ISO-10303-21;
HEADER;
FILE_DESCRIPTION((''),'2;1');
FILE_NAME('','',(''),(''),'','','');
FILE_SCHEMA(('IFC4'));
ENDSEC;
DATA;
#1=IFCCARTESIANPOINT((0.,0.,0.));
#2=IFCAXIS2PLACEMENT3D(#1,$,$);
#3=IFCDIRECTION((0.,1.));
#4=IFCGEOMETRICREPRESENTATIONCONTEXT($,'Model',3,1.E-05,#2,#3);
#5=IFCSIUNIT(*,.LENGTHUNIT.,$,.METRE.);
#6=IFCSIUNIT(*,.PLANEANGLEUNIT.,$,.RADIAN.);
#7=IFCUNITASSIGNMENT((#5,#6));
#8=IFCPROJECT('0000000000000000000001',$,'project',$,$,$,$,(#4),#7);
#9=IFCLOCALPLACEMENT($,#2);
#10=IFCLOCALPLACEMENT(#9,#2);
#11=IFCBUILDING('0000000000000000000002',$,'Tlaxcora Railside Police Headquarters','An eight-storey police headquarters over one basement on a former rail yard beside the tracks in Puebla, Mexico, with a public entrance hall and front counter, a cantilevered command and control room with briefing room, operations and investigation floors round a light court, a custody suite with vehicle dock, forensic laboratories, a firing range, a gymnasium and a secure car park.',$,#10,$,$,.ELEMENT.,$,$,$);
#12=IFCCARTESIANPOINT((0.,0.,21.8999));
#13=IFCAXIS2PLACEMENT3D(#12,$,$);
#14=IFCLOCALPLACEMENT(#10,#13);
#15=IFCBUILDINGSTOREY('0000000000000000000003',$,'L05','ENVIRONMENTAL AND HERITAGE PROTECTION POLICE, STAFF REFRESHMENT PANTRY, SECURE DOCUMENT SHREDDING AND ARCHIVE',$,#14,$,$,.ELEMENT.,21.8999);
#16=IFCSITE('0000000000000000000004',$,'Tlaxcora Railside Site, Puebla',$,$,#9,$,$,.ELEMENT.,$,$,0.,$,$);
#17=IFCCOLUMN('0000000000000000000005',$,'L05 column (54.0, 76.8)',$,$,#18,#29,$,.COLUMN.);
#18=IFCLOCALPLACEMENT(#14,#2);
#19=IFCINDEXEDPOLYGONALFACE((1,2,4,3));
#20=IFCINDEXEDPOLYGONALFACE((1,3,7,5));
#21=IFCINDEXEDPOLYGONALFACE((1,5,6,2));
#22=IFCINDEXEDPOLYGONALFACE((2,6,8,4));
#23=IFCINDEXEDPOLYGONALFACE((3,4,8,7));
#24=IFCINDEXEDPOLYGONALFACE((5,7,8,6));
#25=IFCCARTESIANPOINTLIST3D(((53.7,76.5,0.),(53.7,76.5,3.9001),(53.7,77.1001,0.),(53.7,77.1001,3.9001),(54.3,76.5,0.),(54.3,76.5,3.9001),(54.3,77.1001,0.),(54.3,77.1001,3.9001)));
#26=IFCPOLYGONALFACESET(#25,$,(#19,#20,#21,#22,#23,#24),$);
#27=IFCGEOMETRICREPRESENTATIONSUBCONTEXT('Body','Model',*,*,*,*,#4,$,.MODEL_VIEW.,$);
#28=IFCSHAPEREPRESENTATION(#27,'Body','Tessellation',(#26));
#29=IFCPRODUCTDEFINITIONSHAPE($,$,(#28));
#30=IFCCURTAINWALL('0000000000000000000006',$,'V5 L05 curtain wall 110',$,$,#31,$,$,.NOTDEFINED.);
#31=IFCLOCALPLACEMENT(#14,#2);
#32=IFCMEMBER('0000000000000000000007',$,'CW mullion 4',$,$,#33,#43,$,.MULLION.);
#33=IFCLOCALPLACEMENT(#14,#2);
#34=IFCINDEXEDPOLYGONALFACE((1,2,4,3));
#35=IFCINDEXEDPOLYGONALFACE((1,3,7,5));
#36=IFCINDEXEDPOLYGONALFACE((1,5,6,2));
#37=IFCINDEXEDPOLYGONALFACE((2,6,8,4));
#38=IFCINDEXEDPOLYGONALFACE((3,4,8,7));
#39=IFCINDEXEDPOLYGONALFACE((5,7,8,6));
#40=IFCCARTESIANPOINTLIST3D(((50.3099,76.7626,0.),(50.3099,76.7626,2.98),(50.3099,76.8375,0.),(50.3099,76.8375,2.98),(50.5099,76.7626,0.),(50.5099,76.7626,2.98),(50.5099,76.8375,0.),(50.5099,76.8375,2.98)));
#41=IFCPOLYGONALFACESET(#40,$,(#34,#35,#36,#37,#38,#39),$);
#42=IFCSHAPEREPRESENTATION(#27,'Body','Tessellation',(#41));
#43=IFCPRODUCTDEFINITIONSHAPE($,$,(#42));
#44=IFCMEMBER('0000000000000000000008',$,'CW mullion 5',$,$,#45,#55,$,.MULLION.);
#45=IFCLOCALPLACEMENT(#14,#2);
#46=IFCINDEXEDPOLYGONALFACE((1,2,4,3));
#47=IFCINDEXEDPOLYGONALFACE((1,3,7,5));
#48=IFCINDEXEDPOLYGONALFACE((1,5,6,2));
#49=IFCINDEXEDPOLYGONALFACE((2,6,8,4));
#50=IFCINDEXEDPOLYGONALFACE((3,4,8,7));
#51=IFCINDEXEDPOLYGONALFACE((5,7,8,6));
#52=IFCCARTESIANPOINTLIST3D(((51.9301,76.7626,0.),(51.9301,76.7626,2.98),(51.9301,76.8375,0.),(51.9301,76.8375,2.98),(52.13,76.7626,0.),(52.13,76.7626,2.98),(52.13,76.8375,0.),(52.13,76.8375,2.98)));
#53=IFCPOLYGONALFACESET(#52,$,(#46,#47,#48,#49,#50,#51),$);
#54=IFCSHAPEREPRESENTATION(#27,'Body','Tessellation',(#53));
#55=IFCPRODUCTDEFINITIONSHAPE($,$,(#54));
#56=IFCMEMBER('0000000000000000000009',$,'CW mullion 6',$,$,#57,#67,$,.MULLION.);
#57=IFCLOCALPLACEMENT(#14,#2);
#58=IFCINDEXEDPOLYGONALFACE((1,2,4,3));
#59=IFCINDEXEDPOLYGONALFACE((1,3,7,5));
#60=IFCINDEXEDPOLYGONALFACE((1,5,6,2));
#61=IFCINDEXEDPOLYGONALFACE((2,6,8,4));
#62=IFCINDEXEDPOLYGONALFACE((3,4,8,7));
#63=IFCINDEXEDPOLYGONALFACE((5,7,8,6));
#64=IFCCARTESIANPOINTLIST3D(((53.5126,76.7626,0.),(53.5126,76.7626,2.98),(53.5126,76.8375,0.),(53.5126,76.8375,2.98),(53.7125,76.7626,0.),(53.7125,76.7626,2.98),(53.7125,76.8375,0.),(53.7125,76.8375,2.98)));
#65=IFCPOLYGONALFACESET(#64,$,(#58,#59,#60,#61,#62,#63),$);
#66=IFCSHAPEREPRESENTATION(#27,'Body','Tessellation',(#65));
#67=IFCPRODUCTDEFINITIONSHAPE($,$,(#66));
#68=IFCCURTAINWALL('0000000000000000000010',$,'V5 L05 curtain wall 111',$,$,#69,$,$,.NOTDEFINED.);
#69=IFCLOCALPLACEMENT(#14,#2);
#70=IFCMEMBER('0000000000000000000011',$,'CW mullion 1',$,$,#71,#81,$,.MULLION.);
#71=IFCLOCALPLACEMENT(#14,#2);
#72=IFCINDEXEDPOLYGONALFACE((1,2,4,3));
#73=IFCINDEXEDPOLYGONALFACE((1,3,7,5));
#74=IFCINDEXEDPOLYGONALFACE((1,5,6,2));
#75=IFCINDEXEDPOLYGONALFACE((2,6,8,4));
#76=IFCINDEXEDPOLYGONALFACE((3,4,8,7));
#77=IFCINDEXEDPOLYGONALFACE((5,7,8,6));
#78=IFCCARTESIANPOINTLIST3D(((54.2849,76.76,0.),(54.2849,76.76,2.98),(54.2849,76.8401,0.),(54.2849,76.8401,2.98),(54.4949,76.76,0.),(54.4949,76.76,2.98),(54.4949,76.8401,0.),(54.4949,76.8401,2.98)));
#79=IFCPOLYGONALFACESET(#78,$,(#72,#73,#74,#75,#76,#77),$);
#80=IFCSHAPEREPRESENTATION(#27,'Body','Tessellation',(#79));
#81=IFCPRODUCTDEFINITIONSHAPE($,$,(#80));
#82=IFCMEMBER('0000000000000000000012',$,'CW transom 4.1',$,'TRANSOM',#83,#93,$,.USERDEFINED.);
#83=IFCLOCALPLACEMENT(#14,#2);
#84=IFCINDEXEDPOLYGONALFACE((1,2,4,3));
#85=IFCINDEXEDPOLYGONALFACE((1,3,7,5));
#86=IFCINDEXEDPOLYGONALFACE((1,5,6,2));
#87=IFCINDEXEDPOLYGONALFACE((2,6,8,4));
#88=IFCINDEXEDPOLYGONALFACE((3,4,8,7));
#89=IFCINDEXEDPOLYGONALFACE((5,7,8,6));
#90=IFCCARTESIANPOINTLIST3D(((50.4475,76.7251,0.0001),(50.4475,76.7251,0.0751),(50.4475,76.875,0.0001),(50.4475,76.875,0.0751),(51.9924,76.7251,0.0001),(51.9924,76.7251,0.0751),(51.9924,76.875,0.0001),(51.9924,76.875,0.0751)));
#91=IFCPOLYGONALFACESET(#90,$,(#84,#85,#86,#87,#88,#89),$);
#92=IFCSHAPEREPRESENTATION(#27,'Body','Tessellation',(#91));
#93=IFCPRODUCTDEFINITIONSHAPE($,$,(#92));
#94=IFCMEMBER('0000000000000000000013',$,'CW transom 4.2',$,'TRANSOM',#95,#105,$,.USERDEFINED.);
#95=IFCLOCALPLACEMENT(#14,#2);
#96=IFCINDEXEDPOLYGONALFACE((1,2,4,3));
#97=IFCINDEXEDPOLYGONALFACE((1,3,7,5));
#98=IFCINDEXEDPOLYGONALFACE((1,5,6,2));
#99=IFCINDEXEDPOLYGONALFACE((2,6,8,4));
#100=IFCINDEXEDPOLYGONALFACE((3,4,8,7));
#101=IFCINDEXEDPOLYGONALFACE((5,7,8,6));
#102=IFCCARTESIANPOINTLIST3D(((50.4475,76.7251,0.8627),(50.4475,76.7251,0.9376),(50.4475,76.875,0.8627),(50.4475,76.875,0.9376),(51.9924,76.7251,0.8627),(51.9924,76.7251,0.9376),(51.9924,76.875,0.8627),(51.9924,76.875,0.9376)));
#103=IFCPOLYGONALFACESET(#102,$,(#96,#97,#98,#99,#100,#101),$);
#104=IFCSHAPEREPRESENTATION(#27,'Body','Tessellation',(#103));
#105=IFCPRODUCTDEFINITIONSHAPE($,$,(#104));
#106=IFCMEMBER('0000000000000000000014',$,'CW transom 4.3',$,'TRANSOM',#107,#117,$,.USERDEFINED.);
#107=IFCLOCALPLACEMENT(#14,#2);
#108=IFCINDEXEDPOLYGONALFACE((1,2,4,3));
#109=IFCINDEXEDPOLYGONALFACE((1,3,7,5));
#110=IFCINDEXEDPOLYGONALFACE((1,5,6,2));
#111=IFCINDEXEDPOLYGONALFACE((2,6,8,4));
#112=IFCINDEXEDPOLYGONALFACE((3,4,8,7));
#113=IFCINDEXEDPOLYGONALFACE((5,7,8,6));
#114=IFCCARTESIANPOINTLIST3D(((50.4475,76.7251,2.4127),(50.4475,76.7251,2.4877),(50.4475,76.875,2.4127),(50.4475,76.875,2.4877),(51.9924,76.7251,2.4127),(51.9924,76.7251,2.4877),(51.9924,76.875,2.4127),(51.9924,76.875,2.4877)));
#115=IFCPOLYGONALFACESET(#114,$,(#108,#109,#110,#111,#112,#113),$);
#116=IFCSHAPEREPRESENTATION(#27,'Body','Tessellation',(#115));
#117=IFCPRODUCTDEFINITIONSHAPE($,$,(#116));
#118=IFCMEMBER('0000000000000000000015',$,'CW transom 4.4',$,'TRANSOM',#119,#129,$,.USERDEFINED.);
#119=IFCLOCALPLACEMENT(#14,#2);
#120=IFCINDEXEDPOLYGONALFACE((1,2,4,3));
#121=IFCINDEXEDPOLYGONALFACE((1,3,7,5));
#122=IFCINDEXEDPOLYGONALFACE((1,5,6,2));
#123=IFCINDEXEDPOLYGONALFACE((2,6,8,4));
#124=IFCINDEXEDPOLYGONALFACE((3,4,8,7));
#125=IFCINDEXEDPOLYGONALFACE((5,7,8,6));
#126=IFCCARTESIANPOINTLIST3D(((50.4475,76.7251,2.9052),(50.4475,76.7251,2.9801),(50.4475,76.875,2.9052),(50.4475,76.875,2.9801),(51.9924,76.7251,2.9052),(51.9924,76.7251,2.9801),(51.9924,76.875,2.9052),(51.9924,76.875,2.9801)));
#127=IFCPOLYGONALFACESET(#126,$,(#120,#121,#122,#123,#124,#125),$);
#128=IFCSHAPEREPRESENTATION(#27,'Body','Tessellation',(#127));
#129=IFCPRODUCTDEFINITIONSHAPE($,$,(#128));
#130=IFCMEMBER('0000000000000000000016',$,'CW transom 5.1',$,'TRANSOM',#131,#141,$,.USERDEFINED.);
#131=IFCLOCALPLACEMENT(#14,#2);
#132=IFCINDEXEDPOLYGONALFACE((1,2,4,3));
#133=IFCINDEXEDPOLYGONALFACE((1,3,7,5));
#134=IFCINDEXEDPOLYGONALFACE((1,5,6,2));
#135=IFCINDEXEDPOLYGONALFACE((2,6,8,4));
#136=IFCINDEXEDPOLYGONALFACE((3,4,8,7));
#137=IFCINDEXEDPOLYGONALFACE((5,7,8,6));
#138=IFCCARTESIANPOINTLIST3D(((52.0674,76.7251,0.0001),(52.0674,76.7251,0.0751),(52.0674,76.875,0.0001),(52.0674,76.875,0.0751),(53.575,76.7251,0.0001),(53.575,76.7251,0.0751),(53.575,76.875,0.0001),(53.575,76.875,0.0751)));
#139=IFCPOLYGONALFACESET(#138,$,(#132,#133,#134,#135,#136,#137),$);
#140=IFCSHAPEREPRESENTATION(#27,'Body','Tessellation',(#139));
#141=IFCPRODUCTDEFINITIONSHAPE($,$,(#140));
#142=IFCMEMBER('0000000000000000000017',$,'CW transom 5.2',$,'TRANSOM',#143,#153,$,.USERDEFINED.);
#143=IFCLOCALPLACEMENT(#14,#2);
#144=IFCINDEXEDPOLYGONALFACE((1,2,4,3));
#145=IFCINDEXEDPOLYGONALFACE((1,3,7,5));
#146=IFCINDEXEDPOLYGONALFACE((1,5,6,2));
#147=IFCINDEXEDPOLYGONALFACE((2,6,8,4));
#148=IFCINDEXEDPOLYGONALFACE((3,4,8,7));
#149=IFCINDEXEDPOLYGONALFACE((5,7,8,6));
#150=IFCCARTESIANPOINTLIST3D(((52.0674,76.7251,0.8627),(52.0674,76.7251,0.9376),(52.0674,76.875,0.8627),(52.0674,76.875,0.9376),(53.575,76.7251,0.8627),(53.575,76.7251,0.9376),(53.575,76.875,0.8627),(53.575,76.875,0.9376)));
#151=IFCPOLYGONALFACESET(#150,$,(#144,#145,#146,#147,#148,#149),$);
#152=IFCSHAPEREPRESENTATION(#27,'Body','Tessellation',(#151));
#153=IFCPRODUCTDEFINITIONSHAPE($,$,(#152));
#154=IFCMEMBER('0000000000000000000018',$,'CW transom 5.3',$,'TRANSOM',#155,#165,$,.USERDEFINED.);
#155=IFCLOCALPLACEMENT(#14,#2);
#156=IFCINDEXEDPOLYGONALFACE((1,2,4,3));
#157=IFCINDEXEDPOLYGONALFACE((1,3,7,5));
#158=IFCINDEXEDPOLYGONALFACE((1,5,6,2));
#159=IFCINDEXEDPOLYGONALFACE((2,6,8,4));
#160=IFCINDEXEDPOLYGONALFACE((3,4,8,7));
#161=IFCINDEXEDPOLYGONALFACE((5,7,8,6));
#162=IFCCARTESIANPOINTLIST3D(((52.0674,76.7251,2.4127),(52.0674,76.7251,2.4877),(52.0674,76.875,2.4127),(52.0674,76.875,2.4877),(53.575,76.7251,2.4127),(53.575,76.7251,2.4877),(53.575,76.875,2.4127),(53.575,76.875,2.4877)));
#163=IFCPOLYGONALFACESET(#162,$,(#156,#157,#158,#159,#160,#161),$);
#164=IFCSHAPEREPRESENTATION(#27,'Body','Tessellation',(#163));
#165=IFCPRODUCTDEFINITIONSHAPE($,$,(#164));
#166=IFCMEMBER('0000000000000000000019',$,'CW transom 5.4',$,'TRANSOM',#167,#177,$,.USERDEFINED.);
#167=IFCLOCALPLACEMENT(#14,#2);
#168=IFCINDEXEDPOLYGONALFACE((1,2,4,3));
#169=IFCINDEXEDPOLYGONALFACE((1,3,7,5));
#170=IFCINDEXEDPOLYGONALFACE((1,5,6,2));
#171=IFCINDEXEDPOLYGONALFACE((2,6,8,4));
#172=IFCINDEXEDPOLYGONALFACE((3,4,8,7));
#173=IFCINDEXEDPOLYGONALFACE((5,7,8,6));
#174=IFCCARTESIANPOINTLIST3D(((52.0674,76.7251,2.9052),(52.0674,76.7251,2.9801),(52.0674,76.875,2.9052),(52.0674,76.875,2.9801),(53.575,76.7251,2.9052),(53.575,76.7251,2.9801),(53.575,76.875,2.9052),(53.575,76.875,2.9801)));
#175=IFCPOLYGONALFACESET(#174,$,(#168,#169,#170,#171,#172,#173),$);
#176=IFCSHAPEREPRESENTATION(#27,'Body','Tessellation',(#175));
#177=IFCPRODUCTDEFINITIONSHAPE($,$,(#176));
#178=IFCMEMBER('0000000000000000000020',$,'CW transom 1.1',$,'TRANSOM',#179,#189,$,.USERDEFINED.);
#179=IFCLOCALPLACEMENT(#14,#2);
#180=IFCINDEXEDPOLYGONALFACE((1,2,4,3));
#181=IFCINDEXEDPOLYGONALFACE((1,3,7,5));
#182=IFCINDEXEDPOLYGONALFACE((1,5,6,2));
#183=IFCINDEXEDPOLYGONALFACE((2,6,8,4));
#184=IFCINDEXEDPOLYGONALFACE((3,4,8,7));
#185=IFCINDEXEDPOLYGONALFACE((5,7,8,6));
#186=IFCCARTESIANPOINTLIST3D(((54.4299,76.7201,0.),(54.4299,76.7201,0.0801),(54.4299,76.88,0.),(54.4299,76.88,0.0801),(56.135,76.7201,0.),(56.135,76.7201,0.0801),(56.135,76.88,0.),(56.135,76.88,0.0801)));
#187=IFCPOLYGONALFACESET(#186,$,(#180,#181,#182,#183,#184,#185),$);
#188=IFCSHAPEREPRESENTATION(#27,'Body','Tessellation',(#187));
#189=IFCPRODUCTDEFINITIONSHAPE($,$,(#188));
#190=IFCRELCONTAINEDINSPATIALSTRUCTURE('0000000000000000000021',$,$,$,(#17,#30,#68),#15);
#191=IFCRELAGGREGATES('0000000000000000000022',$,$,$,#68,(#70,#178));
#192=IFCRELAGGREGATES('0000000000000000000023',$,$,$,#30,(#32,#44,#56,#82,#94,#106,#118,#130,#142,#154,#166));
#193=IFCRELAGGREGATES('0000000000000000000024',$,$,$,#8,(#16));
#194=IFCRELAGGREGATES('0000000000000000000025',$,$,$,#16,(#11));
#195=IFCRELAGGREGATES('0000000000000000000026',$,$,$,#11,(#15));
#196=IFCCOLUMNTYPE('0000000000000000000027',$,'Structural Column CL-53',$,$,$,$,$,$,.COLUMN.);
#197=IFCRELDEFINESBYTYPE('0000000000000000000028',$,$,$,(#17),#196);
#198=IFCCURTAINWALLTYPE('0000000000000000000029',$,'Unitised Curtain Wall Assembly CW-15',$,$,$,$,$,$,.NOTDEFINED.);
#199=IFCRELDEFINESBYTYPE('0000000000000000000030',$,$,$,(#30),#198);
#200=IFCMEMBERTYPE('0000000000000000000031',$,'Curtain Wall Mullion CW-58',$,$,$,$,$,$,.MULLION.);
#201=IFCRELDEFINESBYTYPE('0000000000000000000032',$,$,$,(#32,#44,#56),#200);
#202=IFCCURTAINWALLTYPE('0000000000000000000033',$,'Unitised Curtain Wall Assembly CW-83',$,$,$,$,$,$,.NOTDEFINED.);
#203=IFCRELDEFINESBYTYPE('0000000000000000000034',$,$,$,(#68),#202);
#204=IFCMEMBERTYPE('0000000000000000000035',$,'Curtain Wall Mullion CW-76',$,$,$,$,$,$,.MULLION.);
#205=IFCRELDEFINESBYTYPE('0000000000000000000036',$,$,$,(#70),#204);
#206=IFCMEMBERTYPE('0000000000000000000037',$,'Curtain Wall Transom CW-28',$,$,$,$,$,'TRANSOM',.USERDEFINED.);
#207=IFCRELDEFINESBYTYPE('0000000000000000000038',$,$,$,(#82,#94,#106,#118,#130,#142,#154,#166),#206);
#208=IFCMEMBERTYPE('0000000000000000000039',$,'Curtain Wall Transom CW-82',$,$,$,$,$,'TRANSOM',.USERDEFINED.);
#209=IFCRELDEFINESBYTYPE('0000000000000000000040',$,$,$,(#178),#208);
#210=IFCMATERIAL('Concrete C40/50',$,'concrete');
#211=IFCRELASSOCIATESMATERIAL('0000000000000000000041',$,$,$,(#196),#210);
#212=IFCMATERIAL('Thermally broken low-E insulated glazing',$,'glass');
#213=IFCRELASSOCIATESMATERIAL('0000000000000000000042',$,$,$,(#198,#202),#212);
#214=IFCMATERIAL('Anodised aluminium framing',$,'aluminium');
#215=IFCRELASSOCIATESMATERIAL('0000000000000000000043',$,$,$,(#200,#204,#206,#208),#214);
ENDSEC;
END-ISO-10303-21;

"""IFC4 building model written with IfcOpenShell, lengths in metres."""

from ifc_helpers import new_model, si_unit, direction, frame, origin, origin_2d, place, context, subcontext, project, spatial, rectangle, extrude, material, material_profile, profile_set, type_object, element, aggregate, save


model = new_model("IFC4")

# Units and contexts
model_context = context("Model", 3, precision=1e-05, world=origin(), true_north=direction((0.0, 1.0)))
body_context = subcontext(model_context, "Body", "Model", "MODEL_VIEW")
ifc_project = project(units=[si_unit("LENGTHUNIT", "METRE"), si_unit("PLANEANGLEUNIT", "RADIAN")], contexts=[model_context])

# Site, building, storey
site_placement = place(None, origin())
site = spatial("IfcSite", under=ifc_project, at=site_placement, Name="Tlaxcora Railside Site, Puebla", CompositionType="ELEMENT", RefElevation=0.0)
building_placement = place(site_placement, origin())
building = spatial("IfcBuilding", under=site, at=building_placement, Name="Tlaxcora Railside Police Headquarters", Description="An eight-storey police headquarters over one basement on a former rail yard beside the tracks in Puebla, Mexico, with a public entrance hall and front counter, a cantilevered command and control room with briefing room, operations and investigation floors round a light court, a custody suite with vehicle dock, forensic laboratories, a firing range, a gymnasium and a secure car park.", CompositionType="ELEMENT")
storey_placement = place(building_placement, frame((0.0, 0.0, 21.8999)))
storey = spatial("IfcBuildingStorey", under=building, at=storey_placement, Name="L05", Description="ENVIRONMENTAL AND HERITAGE PROTECTION POLICE, STAFF REFRESHMENT PANTRY, SECURE DOCUMENT SHREDDING AND ARCHIVE", CompositionType="ELEMENT", Elevation=21.8999)

# Column
ifc_material_1 = material(Name="Concrete C40/50", Category="concrete")
ifc_material_profile_1 = material_profile(ifc_material_1, rectangle(XDim=0.6001, YDim=0.6001, at=origin_2d()), Name="RC600X600")
ifc_profile_set_1 = profile_set([ifc_material_profile_1], Name="Concrete C40/50")
column_type = type_object("IfcColumnType", Name="Structural Column CL-53", PredefinedType="COLUMN", material=ifc_profile_set_1)
column_placement = place(storey_placement, frame((54.0, 76.8, 0.0), z_axis=(0.0, 0.0, 1.0), x_axis=(1.0, 0.0, 0.0)))
element("IfcColumn", 1, at=column_placement, inside=storey, type_object=column_type, Name="L05 column (54.0, 76.8)", PredefinedType="COLUMN", context=body_context, shape_type="SweptSolid", body=[
    extrude(rectangle(XDim=0.6001, YDim=0.6001, at=origin_2d()), origin(), (0.0, 0.0, 1.0), 3.9001),
])

# Curtain wall, members
ifc_material_2 = material(Name="Thermally broken low-E insulated glazing", Category="glass")
curtain_wall_type_1 = type_object("IfcCurtainWallType", Name="Unitised Curtain Wall Assembly CW-15", PredefinedType="NOTDEFINED", material=ifc_material_2)
curtain_wall_1_placement = place(storey_placement, origin())
curtain_wall_1 = element("IfcCurtainWall", 2, at=curtain_wall_1_placement, inside=storey, type_object=curtain_wall_type_1, Name="V5 L05 curtain wall 110", PredefinedType="NOTDEFINED")
ifc_material_3 = material(Name="Anodised aluminium framing", Category="aluminium")
ifc_material_profile_2 = material_profile(ifc_material_3, rectangle(XDim=0.075, YDim=0.2, at=origin_2d()), Name="AL75X200")
ifc_profile_set_2 = profile_set([ifc_material_profile_2], Name="Anodised aluminium framing")
member_type_1 = type_object("IfcMemberType", Name="Curtain Wall Mullion CW-58", PredefinedType="MULLION", material=ifc_profile_set_2)
member_1_placement = place(storey_placement, frame((50.4099, 76.8, 0.0), z_axis=(0.0, 0.0, 1.0), x_axis=(0.0, 1.0, 0.0)))
member_1 = element("IfcMember", 3, at=member_1_placement, type_object=member_type_1, Name="CW mullion 4", PredefinedType="MULLION", context=body_context, shape_type="SweptSolid", body=[
    extrude(rectangle(XDim=0.075, YDim=0.2, at=origin_2d()), origin(), (0.0, 0.0, 1.0), 2.98),
])
member_2_placement = place(storey_placement, frame((52.03, 76.8, 0.0), z_axis=(0.0, 0.0, 1.0), x_axis=(0.0, 1.0, 0.0)))
member_2 = element("IfcMember", 4, at=member_2_placement, type_object=member_type_1, Name="CW mullion 5", PredefinedType="MULLION", context=body_context, shape_type="SweptSolid", body=[
    extrude(rectangle(XDim=0.075, YDim=0.2, at=origin_2d()), origin(), (0.0, 0.0, 1.0), 2.98),
])
member_3_placement = place(storey_placement, frame((53.6125, 76.8, 0.0), z_axis=(0.0, 0.0, 1.0), x_axis=(0.0, 1.0, 0.0)))
member_3 = element("IfcMember", 5, at=member_3_placement, type_object=member_type_1, Name="CW mullion 6", PredefinedType="MULLION", context=body_context, shape_type="SweptSolid", body=[
    extrude(rectangle(XDim=0.075, YDim=0.2, at=origin_2d()), origin(), (0.0, 0.0, 1.0), 2.98),
])

# Curtain wall, member
curtain_wall_type_2 = type_object("IfcCurtainWallType", Name="Unitised Curtain Wall Assembly CW-83", PredefinedType="NOTDEFINED", material=ifc_material_2)
curtain_wall_2_placement = place(storey_placement, origin())
curtain_wall_2 = element("IfcCurtainWall", 6, at=curtain_wall_2_placement, inside=storey, type_object=curtain_wall_type_2, Name="V5 L05 curtain wall 111", PredefinedType="NOTDEFINED")
ifc_material_profile_3 = material_profile(ifc_material_3, rectangle(XDim=0.0801, YDim=0.21, at=origin_2d()), Name="AL80X210")
ifc_profile_set_3 = profile_set([ifc_material_profile_3], Name="Anodised aluminium framing")
member_type_2 = type_object("IfcMemberType", Name="Curtain Wall Mullion CW-76", PredefinedType="MULLION", material=ifc_profile_set_3)
member_4_placement = place(storey_placement, frame((54.3899, 76.8, 0.0), z_axis=(0.0, 0.0, 1.0), x_axis=(0.0, 1.0, 0.0)))
member_4 = element("IfcMember", 7, at=member_4_placement, type_object=member_type_2, Name="CW mullion 1", PredefinedType="MULLION", context=body_context, shape_type="SweptSolid", body=[
    extrude(rectangle(XDim=0.0801, YDim=0.21, at=origin_2d()), origin(), (0.0, 0.0, 1.0), 2.98),
])

# Members
ifc_material_profile_4 = material_profile(ifc_material_3, rectangle(XDim=0.1499, YDim=0.075, at=origin_2d()), Name="AL75X150")
ifc_profile_set_4 = profile_set([ifc_material_profile_4], Name="Anodised aluminium framing")
member_type_3 = type_object("IfcMemberType", Name="Curtain Wall Transom CW-28", ElementType="TRANSOM", PredefinedType="USERDEFINED", material=ifc_profile_set_4)
member_5_placement = place(storey_placement, frame((50.4475, 76.8, 0.0376), z_axis=(1.0, 0.0, 0.0), x_axis=(0.0, 1.0, 0.0)))
member_5 = element("IfcMember", 8, at=member_5_placement, type_object=member_type_3, Name="CW transom 4.1", ObjectType="TRANSOM", PredefinedType="USERDEFINED", context=body_context, shape_type="SweptSolid", body=[
    extrude(rectangle(XDim=0.1499, YDim=0.075, at=origin_2d()), origin(), (0.0, 0.0, 1.0), 1.5449),
])
member_6_placement = place(storey_placement, frame((50.4475, 76.8, 0.9001), z_axis=(1.0, 0.0, 0.0), x_axis=(0.0, 1.0, 0.0)))
member_6 = element("IfcMember", 9, at=member_6_placement, type_object=member_type_3, Name="CW transom 4.2", ObjectType="TRANSOM", PredefinedType="USERDEFINED", context=body_context, shape_type="SweptSolid", body=[
    extrude(rectangle(XDim=0.1499, YDim=0.075, at=origin_2d()), origin(), (0.0, 0.0, 1.0), 1.5449),
])
member_7_placement = place(storey_placement, frame((50.4475, 76.8, 2.4502), z_axis=(1.0, 0.0, 0.0), x_axis=(0.0, 1.0, 0.0)))
member_7 = element("IfcMember", 10, at=member_7_placement, type_object=member_type_3, Name="CW transom 4.3", ObjectType="TRANSOM", PredefinedType="USERDEFINED", context=body_context, shape_type="SweptSolid", body=[
    extrude(rectangle(XDim=0.1499, YDim=0.075, at=origin_2d()), origin(), (0.0, 0.0, 1.0), 1.5449),
])
member_8_placement = place(storey_placement, frame((50.4475, 76.8, 2.9426), z_axis=(1.0, 0.0, 0.0), x_axis=(0.0, 1.0, 0.0)))
member_8 = element("IfcMember", 11, at=member_8_placement, type_object=member_type_3, Name="CW transom 4.4", ObjectType="TRANSOM", PredefinedType="USERDEFINED", context=body_context, shape_type="SweptSolid", body=[
    extrude(rectangle(XDim=0.1499, YDim=0.075, at=origin_2d()), origin(), (0.0, 0.0, 1.0), 1.5449),
])
member_9_placement = place(storey_placement, frame((52.0674, 76.8, 0.0376), z_axis=(1.0, 0.0, 0.0), x_axis=(0.0, 1.0, 0.0)))
member_9 = element("IfcMember", 12, at=member_9_placement, type_object=member_type_3, Name="CW transom 5.1", ObjectType="TRANSOM", PredefinedType="USERDEFINED", context=body_context, shape_type="SweptSolid", body=[
    extrude(rectangle(XDim=0.1499, YDim=0.075, at=origin_2d()), origin(), (0.0, 0.0, 1.0), 1.5076),
])
member_10_placement = place(storey_placement, frame((52.0674, 76.8, 0.9001), z_axis=(1.0, 0.0, 0.0), x_axis=(0.0, 1.0, 0.0)))
member_10 = element("IfcMember", 13, at=member_10_placement, type_object=member_type_3, Name="CW transom 5.2", ObjectType="TRANSOM", PredefinedType="USERDEFINED", context=body_context, shape_type="SweptSolid", body=[
    extrude(rectangle(XDim=0.1499, YDim=0.075, at=origin_2d()), origin(), (0.0, 0.0, 1.0), 1.5076),
])
member_11_placement = place(storey_placement, frame((52.0674, 76.8, 2.4502), z_axis=(1.0, 0.0, 0.0), x_axis=(0.0, 1.0, 0.0)))
member_11 = element("IfcMember", 14, at=member_11_placement, type_object=member_type_3, Name="CW transom 5.3", ObjectType="TRANSOM", PredefinedType="USERDEFINED", context=body_context, shape_type="SweptSolid", body=[
    extrude(rectangle(XDim=0.1499, YDim=0.075, at=origin_2d()), origin(), (0.0, 0.0, 1.0), 1.5076),
])
member_12_placement = place(storey_placement, frame((52.0674, 76.8, 2.9426), z_axis=(1.0, 0.0, 0.0), x_axis=(0.0, 1.0, 0.0)))
member_12 = element("IfcMember", 15, at=member_12_placement, type_object=member_type_3, Name="CW transom 5.4", ObjectType="TRANSOM", PredefinedType="USERDEFINED", context=body_context, shape_type="SweptSolid", body=[
    extrude(rectangle(XDim=0.1499, YDim=0.075, at=origin_2d()), origin(), (0.0, 0.0, 1.0), 1.5076),
])
ifc_material_profile_5 = material_profile(ifc_material_3, rectangle(XDim=0.1599, YDim=0.0801, at=origin_2d()), Name="AL80X160")
ifc_profile_set_5 = profile_set([ifc_material_profile_5], Name="Anodised aluminium framing")
member_type_4 = type_object("IfcMemberType", Name="Curtain Wall Transom CW-82", ElementType="TRANSOM", PredefinedType="USERDEFINED", material=ifc_profile_set_5)
member_13_placement = place(storey_placement, frame((54.4299, 76.8, 0.04), z_axis=(1.0, 0.0, 0.0), x_axis=(0.0, 1.0, 0.0)))
member_13 = element("IfcMember", 16, at=member_13_placement, type_object=member_type_4, Name="CW transom 1.1", ObjectType="TRANSOM", PredefinedType="USERDEFINED", context=body_context, shape_type="SweptSolid", body=[
    extrude(rectangle(XDim=0.1599, YDim=0.0801, at=origin_2d()), origin(), (0.0, 0.0, 1.0), 1.7051),
])
aggregate(curtain_wall_2, [member_4, member_13])

aggregate(curtain_wall_1, [member_1, member_2, member_3, member_5, member_6, member_7, member_8, member_9, member_10, member_11, member_12])

save(model, "model.ifc")
